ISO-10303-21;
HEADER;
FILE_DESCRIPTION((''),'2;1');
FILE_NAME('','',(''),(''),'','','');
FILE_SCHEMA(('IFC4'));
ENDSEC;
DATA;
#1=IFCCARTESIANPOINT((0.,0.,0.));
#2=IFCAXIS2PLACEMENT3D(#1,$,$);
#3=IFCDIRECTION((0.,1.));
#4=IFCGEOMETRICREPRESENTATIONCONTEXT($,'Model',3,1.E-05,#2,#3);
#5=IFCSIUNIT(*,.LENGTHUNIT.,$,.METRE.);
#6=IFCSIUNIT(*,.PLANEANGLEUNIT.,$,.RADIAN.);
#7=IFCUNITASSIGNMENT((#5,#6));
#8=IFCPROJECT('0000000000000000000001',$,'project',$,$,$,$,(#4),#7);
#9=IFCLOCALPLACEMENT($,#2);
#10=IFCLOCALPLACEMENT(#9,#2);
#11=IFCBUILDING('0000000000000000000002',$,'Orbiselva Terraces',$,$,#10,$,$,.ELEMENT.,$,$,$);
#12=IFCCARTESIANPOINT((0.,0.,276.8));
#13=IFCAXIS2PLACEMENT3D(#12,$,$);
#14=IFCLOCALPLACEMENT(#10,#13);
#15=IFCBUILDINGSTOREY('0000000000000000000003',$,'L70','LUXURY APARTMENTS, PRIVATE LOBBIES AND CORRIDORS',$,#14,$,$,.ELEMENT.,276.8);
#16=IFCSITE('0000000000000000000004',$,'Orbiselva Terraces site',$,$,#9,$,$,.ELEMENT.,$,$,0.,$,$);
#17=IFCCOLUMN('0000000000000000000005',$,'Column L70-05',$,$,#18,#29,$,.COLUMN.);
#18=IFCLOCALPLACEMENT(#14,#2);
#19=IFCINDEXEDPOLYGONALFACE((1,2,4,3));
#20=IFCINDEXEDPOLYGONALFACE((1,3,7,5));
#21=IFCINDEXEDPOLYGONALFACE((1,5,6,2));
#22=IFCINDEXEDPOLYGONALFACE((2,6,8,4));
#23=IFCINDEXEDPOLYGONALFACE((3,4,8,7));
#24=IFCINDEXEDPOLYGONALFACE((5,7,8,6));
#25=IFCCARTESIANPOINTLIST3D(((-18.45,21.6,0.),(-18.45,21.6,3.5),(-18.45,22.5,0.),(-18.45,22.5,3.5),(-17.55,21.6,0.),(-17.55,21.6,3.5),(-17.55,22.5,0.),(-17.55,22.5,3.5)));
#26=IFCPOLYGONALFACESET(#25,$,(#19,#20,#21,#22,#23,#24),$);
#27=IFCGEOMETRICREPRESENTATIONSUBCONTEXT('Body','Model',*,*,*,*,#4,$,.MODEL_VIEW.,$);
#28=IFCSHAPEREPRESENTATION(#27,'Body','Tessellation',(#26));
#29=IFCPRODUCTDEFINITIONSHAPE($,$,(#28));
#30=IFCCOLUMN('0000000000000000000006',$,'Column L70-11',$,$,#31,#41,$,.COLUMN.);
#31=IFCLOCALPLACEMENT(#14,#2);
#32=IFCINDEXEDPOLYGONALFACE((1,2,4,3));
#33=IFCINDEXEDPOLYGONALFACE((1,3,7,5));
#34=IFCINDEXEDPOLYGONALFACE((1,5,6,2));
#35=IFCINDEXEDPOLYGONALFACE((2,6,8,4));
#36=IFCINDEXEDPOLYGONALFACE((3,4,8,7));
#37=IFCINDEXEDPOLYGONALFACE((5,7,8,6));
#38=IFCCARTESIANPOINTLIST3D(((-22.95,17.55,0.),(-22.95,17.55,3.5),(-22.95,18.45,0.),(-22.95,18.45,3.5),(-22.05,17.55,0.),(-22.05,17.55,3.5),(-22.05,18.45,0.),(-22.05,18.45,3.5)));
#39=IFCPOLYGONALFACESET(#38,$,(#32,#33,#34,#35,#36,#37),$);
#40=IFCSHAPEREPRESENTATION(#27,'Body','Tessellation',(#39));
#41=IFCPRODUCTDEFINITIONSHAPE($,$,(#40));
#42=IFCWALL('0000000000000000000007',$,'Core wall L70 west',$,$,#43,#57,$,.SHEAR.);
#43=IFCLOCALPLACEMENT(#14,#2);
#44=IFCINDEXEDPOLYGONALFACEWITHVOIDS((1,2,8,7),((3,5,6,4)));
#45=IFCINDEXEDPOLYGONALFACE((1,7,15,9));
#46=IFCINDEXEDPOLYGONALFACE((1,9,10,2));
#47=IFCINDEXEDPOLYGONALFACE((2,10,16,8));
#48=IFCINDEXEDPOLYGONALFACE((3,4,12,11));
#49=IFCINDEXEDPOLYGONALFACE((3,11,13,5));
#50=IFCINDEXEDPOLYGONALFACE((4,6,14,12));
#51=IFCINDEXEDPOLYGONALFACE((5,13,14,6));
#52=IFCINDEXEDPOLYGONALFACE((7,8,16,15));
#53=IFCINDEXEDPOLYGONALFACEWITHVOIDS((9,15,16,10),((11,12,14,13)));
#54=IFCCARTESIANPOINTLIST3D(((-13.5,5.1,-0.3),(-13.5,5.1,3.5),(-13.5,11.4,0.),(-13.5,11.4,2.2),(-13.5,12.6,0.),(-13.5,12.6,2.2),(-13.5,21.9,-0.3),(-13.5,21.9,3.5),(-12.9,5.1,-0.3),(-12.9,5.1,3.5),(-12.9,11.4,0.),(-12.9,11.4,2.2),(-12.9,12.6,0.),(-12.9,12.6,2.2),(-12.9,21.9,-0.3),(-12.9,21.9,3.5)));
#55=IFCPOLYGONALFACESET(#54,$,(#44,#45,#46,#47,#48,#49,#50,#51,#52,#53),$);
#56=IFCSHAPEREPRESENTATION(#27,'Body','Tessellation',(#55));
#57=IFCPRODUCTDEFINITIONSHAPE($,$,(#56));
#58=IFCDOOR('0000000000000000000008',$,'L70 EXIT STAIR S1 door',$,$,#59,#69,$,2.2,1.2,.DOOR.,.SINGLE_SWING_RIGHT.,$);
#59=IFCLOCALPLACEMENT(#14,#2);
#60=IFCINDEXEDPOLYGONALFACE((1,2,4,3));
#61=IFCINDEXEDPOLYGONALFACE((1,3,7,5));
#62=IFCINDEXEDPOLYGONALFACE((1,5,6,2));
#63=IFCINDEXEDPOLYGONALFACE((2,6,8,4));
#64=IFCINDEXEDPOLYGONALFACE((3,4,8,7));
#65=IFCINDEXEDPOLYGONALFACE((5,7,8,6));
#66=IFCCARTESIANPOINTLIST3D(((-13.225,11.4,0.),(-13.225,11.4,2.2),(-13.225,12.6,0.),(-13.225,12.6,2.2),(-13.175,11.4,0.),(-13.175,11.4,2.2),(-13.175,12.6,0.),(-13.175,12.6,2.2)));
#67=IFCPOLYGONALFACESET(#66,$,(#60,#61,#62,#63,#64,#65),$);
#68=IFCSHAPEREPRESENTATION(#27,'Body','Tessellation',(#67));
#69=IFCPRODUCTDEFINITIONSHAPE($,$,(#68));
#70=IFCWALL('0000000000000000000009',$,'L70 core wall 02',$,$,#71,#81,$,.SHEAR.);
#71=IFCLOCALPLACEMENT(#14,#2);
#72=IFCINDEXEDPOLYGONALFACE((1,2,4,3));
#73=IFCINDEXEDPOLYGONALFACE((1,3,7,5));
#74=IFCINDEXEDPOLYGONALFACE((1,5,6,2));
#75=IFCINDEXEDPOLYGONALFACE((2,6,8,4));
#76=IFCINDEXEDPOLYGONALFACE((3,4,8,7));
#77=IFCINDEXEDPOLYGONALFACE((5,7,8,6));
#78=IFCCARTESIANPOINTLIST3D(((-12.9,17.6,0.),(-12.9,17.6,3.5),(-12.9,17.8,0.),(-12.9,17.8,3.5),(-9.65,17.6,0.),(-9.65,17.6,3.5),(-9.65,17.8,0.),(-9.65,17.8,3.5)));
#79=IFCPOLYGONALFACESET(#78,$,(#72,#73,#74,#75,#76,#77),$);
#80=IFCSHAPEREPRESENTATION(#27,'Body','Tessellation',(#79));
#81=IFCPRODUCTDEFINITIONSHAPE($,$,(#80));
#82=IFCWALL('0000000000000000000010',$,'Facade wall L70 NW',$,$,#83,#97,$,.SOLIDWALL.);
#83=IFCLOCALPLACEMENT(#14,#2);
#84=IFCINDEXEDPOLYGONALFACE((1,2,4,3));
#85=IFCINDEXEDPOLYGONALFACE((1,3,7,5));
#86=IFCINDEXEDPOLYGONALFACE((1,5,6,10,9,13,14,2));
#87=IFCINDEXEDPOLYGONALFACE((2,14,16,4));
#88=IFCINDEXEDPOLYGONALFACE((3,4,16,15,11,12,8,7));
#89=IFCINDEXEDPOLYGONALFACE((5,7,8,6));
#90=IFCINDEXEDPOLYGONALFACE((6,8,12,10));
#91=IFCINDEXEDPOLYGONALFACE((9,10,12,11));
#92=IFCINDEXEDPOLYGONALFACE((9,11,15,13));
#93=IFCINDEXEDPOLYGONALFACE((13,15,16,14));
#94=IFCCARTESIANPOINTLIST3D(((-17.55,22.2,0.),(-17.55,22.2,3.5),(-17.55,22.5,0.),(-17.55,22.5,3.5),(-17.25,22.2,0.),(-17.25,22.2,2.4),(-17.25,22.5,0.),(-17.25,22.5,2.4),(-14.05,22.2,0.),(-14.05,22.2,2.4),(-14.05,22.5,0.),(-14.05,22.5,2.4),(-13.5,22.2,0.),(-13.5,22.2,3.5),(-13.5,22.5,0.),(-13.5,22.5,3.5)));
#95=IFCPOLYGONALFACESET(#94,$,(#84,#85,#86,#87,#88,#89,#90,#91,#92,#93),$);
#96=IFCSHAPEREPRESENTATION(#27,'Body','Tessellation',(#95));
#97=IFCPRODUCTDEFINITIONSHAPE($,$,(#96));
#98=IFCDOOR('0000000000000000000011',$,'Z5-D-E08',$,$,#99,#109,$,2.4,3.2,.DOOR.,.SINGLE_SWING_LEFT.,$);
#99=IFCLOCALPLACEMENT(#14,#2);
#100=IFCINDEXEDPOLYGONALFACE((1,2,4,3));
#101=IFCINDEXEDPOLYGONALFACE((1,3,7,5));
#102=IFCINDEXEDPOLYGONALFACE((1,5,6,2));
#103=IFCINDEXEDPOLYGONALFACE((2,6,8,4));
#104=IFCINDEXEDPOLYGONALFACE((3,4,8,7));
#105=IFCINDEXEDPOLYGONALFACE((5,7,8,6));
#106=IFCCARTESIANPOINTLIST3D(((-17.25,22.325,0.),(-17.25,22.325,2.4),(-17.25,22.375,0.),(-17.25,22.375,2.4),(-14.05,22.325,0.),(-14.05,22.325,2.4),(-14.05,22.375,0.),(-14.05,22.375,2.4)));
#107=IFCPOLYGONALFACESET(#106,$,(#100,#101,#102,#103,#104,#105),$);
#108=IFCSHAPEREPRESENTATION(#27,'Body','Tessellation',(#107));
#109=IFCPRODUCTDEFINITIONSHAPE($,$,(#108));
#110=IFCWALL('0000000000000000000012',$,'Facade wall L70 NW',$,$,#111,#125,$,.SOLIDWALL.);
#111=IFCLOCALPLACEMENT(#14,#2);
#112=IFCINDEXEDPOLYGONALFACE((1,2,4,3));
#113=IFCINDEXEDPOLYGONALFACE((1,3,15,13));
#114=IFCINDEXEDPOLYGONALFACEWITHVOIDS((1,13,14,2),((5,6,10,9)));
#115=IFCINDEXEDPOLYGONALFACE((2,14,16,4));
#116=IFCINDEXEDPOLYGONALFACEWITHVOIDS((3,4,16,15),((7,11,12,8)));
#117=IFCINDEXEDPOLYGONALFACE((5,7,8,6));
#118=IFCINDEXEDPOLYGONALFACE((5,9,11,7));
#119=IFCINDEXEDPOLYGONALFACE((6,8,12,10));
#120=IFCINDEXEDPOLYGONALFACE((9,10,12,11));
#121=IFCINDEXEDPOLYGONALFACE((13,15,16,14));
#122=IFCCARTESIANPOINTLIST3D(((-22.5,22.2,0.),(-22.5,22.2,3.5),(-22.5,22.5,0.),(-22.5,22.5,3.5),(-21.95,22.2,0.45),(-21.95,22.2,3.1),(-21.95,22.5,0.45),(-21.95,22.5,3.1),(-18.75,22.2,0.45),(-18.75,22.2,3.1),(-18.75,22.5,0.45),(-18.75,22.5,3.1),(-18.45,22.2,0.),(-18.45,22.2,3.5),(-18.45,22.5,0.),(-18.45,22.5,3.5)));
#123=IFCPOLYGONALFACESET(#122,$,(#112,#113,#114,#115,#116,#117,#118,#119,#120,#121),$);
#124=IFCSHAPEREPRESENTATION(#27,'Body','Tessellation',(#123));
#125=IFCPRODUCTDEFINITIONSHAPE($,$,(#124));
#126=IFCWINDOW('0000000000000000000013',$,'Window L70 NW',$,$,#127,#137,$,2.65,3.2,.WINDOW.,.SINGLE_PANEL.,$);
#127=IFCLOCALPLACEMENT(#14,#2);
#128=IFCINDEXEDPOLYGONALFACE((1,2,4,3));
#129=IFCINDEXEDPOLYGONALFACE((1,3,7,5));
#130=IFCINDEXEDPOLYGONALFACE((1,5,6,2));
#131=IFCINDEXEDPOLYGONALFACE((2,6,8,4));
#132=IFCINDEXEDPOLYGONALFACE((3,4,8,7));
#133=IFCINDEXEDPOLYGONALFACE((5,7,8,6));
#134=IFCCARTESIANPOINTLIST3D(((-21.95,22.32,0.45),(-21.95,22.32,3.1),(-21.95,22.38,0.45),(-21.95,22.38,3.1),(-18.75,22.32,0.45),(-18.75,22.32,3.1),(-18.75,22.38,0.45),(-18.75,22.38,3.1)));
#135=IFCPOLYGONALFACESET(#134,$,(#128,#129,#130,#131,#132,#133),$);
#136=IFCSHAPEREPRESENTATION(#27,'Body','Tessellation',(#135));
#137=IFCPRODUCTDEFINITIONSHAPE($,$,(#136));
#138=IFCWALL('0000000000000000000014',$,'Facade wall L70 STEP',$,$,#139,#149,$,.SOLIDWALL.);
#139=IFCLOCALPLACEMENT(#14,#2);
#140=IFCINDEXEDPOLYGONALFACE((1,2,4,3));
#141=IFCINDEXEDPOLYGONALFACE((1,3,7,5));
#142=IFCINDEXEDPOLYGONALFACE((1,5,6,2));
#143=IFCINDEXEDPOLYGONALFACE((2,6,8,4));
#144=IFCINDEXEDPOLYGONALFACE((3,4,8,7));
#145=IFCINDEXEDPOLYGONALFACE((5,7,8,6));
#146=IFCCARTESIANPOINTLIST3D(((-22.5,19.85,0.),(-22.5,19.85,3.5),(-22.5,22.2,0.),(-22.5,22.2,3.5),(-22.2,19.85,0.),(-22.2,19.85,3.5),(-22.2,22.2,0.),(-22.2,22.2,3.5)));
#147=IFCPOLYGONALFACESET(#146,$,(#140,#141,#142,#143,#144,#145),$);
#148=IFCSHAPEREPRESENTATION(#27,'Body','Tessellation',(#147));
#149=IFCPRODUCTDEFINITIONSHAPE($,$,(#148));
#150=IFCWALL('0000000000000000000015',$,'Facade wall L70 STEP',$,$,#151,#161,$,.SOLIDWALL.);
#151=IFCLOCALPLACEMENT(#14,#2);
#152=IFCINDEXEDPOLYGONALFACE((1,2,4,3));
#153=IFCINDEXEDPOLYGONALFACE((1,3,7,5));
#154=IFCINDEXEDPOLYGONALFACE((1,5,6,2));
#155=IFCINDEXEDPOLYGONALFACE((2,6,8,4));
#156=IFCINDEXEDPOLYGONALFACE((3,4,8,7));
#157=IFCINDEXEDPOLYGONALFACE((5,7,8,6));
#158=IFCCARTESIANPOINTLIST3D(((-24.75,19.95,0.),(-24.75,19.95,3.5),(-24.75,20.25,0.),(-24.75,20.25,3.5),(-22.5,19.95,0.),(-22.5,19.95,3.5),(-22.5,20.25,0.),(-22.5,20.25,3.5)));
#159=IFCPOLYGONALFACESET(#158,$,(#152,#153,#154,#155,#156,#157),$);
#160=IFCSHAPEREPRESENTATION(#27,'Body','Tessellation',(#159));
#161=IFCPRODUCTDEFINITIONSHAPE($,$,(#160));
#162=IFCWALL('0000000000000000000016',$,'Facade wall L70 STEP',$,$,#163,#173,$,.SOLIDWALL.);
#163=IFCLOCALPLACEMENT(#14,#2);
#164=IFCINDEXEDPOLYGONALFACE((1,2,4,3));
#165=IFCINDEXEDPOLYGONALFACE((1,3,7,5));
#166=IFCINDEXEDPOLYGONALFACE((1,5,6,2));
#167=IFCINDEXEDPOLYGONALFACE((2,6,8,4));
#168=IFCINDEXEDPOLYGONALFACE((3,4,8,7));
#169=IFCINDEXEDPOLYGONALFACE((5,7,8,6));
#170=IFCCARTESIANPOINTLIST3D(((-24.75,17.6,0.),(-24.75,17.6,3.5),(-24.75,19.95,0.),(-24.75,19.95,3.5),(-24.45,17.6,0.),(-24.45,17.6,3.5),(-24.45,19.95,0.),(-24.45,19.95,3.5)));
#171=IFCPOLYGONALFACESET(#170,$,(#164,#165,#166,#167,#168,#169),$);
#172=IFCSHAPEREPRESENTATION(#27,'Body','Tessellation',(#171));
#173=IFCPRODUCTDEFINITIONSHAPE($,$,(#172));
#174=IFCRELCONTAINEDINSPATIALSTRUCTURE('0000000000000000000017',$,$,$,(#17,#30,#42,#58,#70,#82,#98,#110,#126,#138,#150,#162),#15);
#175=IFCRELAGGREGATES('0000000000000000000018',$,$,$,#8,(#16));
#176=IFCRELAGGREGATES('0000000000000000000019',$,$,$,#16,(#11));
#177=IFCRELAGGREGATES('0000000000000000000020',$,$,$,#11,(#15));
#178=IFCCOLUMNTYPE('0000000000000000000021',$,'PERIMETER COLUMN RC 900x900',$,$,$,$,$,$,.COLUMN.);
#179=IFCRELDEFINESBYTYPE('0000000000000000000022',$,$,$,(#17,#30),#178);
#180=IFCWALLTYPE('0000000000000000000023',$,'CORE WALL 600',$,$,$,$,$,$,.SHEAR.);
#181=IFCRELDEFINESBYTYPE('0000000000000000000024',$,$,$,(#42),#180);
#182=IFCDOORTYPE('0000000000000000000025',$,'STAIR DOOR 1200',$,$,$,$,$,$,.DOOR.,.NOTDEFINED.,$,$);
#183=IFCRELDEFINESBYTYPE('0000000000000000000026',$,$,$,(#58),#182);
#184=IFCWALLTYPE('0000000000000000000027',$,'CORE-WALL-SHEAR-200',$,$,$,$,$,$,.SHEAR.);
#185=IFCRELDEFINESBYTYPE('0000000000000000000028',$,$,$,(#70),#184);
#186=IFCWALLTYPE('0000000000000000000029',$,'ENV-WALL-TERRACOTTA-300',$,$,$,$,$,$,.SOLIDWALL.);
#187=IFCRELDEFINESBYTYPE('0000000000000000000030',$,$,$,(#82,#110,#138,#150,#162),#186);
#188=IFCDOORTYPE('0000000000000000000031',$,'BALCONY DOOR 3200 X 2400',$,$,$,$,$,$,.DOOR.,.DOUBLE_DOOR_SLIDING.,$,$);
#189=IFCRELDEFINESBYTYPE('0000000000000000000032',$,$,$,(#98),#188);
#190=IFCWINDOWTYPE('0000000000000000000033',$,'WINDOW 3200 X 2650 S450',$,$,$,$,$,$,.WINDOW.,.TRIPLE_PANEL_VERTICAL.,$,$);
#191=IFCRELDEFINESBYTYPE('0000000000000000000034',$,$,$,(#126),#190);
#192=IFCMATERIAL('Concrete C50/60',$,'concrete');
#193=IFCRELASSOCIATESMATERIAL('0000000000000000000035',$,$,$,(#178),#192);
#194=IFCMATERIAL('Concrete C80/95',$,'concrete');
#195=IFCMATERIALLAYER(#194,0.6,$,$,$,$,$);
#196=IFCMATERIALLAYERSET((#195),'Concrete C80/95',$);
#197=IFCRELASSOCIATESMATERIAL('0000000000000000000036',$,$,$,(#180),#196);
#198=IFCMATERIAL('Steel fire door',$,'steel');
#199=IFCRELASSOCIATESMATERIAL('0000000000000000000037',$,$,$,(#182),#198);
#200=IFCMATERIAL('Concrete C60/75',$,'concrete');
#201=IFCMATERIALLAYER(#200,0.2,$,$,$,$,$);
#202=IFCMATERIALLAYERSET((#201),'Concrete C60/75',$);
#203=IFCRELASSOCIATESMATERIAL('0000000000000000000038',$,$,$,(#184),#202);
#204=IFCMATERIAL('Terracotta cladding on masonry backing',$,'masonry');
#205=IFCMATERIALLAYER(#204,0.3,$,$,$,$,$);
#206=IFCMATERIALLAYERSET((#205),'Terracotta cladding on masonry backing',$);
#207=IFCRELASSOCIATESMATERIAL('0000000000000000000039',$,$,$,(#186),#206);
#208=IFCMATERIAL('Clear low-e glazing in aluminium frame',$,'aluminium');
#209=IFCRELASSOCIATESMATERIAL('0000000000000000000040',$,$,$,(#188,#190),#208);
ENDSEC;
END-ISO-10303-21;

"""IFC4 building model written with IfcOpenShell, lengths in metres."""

from ifc_helpers import new_model, si_unit, direction, frame, frame_2d, origin, origin_2d, place, context, subcontext, project, spatial, rectangle, extrude, material, layer, layer_set, material_profile, profile_set, type_object, element, fill, save


model = new_model("IFC4")

# Units and contexts
model_context = context("Model", 3, precision=1e-05, world=origin(), true_north=direction((0.0, 1.0)))
body_context = subcontext(model_context, "Body", "Model", "MODEL_VIEW")
ifc_project = project(units=[si_unit("LENGTHUNIT", "METRE"), si_unit("PLANEANGLEUNIT", "RADIAN")], contexts=[model_context])

# Site, building, storey
site_placement = place(None, origin())
site = spatial("IfcSite", under=ifc_project, at=site_placement, Name="Orbiselva Terraces site", CompositionType="ELEMENT", RefElevation=0.0)
building_placement = place(site_placement, origin())
building = spatial("IfcBuilding", under=site, at=building_placement, Name="Orbiselva Terraces", CompositionType="ELEMENT")
storey_placement = place(building_placement, frame((0.0, 0.0, 276.8)))
storey = spatial("IfcBuildingStorey", under=building, at=storey_placement, Name="L70", Description="LUXURY APARTMENTS, PRIVATE LOBBIES AND CORRIDORS", CompositionType="ELEMENT", Elevation=276.8)

# Columns
ifc_material_1 = material(Name="Concrete C50/60", Category="concrete")
ifc_material_profile = material_profile(ifc_material_1, rectangle(XDim=0.9, YDim=0.9, at=origin_2d()), Name="RC 900x900")
ifc_profile_set = profile_set([ifc_material_profile], Name="Concrete C50/60")
column_type = type_object("IfcColumnType", Name="PERIMETER COLUMN RC 900x900", PredefinedType="COLUMN", material=ifc_profile_set)
for number, where, z_axis, x_axis, name in (
    (1, (-18.0, 22.05, 0.0), (0.0, 0.0, 1.0), (1.0, 0.0, 0.0), "Column L70-05"),
    (2, (-22.5, 18.0, 0.0), (0.0, 0.0, 1.0), (1.0, 0.0, 0.0), "Column L70-11"),
):
    element("IfcColumn", number, at=place(storey_placement, frame(where, z_axis=z_axis, x_axis=x_axis)), inside=storey, type_object=column_type, Name=name, PredefinedType="COLUMN", context=body_context, shape_type="SweptSolid", body=[
        extrude(rectangle(XDim=0.9, YDim=0.9, at=origin_2d()), origin(), (0.0, 0.0, 1.0), 3.5),
    ])

# Wall, opening, door
ifc_material_2 = material(Name="Concrete C80/95", Category="concrete")
ifc_layer_1 = layer(ifc_material_2, 0.6)
ifc_layer_set_1 = layer_set([ifc_layer_1], Name="Concrete C80/95")
wall_type_1 = type_object("IfcWallType", Name="CORE WALL 600", PredefinedType="SHEAR", material=ifc_layer_set_1)
wall_1_placement = place(storey_placement, frame((-13.2, 21.9, -0.3), z_axis=(0.0, 0.0, 1.0), x_axis=(0.0, -1.0, 0.0)))
wall_1 = element("IfcWall", 3, at=wall_1_placement, inside=storey, type_object=wall_type_1, Name="Core wall L70 west", PredefinedType="SHEAR", context=body_context, shape_type="SweptSolid", body=[
    extrude(rectangle(XDim=16.8, YDim=0.6, at=frame_2d((8.4, 0.0))), origin(), (0.0, 0.0, 1.0), 3.8),
])
opening_1_placement = place(wall_1_placement, frame((9.3, 0.0, 0.3)))
opening_1 = element("IfcOpeningElement", 4, at=opening_1_placement, cuts=wall_1, PredefinedType="OPENING", context=body_context, shape_type="SweptSolid", body=[
    extrude(rectangle(XDim=1.2, YDim=2.2, at=frame_2d((0.6, 1.1))), frame((0.0, 0.31, 0.0), z_axis=(0.0, -1.0, 0.0), x_axis=(1.0, 0.0, 0.0)), (0.0, 0.0, 1.0), 0.62),
])
ifc_material_3 = material(Name="Steel fire door", Category="steel")
door_type_1 = type_object("IfcDoorType", Name="STAIR DOOR 1200", OperationType="NOTDEFINED", PredefinedType="DOOR", material=ifc_material_3)
door_1_placement = place(opening_1_placement, frame((1.2, 0.0, 0.0), z_axis=(0.0, 0.0, 1.0), x_axis=(-1.0, 0.0, 0.0)))
door_1 = element("IfcDoor", 5, at=door_1_placement, inside=storey, type_object=door_type_1, Name="L70 EXIT STAIR S1 door", OperationType="SINGLE_SWING_RIGHT", OverallHeight=2.2, OverallWidth=1.2, PredefinedType="DOOR", context=body_context, shape_type="SweptSolid", body=[
    extrude(rectangle(XDim=1.2, YDim=2.2, at=frame_2d((0.6, 1.1))), frame((0.0, 0.025, 0.0), z_axis=(0.0, -1.0, 0.0), x_axis=(1.0, 0.0, 0.0)), (0.0, 0.0, 1.0), 0.05),
])
fill(opening_1, door_1)

# Wall
ifc_material_4 = material(Name="Concrete C60/75", Category="concrete")
ifc_layer_2 = layer(ifc_material_4, 0.2)
ifc_layer_set_2 = layer_set([ifc_layer_2], Name="Concrete C60/75")
wall_type_2 = type_object("IfcWallType", Name="CORE-WALL-SHEAR-200", PredefinedType="SHEAR", material=ifc_layer_set_2)
wall_2_placement = place(storey_placement, frame((-12.9, 17.7, 0.0), z_axis=(0.0, 0.0, 1.0), x_axis=(1.0, 0.0, 0.0)))
element("IfcWall", 6, at=wall_2_placement, inside=storey, type_object=wall_type_2, Name="L70 core wall 02", PredefinedType="SHEAR", context=body_context, shape_type="SweptSolid", body=[
    extrude(rectangle(XDim=3.25, YDim=0.2, at=frame_2d((1.625, 0.0))), origin(), (0.0, 0.0, 1.0), 3.5),
])

# Wall, opening, door
ifc_material_5 = material(Name="Terracotta cladding on masonry backing", Category="masonry")
ifc_layer_3 = layer(ifc_material_5, 0.3)
ifc_layer_set_3 = layer_set([ifc_layer_3], Name="Terracotta cladding on masonry backing")
wall_type_3 = type_object("IfcWallType", Name="ENV-WALL-TERRACOTTA-300", PredefinedType="SOLIDWALL", material=ifc_layer_set_3)
wall_3_placement = place(storey_placement, frame((-17.55, 22.35, 0.0), z_axis=(0.0, 0.0, 1.0), x_axis=(1.0, 0.0, 0.0)))
wall_3 = element("IfcWall", 7, at=wall_3_placement, inside=storey, type_object=wall_type_3, Name="Facade wall L70 NW", PredefinedType="SOLIDWALL", context=body_context, shape_type="SweptSolid", body=[
    extrude(rectangle(XDim=4.05, YDim=0.3, at=frame_2d((2.025, 0.0))), origin(), (0.0, 0.0, 1.0), 3.5),
])
opening_2_placement = place(wall_3_placement, frame((0.3, 0.0, 0.0)))
opening_2 = element("IfcOpeningElement", 8, at=opening_2_placement, cuts=wall_3, PredefinedType="OPENING", context=body_context, shape_type="SweptSolid", body=[
    extrude(rectangle(XDim=3.2, YDim=2.4, at=frame_2d((1.6, 1.2))), frame((0.0, 0.16, 0.0), z_axis=(0.0, -1.0, 0.0), x_axis=(1.0, 0.0, 0.0)), (0.0, 0.0, 1.0), 0.32),
])
ifc_material_6 = material(Name="Clear low-e glazing in aluminium frame", Category="aluminium")
door_type_2 = type_object("IfcDoorType", Name="BALCONY DOOR 3200 X 2400", OperationType="DOUBLE_DOOR_SLIDING", PredefinedType="DOOR", material=ifc_material_6)
door_2_placement = place(opening_2_placement, origin())
door_2 = element("IfcDoor", 9, at=door_2_placement, inside=storey, type_object=door_type_2, Name="Z5-D-E08", OperationType="SINGLE_SWING_LEFT", OverallHeight=2.4, OverallWidth=3.2, PredefinedType="DOOR", context=body_context, shape_type="SweptSolid", body=[
    extrude(rectangle(XDim=3.2, YDim=2.4, at=frame_2d((1.6, 1.2))), frame((0.0, 0.025, 0.0), z_axis=(0.0, -1.0, 0.0), x_axis=(1.0, 0.0, 0.0)), (0.0, 0.0, 1.0), 0.05),
])
fill(opening_2, door_2)

# Wall, opening, window
wall_4_placement = place(storey_placement, frame((-22.5, 22.35, 0.0), z_axis=(0.0, 0.0, 1.0), x_axis=(1.0, 0.0, 0.0)))
wall_4 = element("IfcWall", 10, at=wall_4_placement, inside=storey, type_object=wall_type_3, Name="Facade wall L70 NW", PredefinedType="SOLIDWALL", context=body_context, shape_type="SweptSolid", body=[
    extrude(rectangle(XDim=4.05, YDim=0.3, at=frame_2d((2.025, 0.0))), origin(), (0.0, 0.0, 1.0), 3.5),
])
opening_3_placement = place(wall_4_placement, frame((0.55, 0.0, 0.45)))
opening_3 = element("IfcOpeningElement", 11, at=opening_3_placement, cuts=wall_4, PredefinedType="OPENING", context=body_context, shape_type="SweptSolid", body=[
    extrude(rectangle(XDim=3.2, YDim=2.65, at=frame_2d((1.6, 1.325))), frame((0.0, 0.16, 0.0), z_axis=(0.0, -1.0, 0.0), x_axis=(1.0, 0.0, 0.0)), (0.0, 0.0, 1.0), 0.32),
])
window_type = type_object("IfcWindowType", Name="WINDOW 3200 X 2650 S450", PartitioningType="TRIPLE_PANEL_VERTICAL", PredefinedType="WINDOW", material=ifc_material_6)
window_placement = place(opening_3_placement, origin())
window = element("IfcWindow", 12, at=window_placement, inside=storey, type_object=window_type, Name="Window L70 NW", OverallHeight=2.65, OverallWidth=3.2, PartitioningType="SINGLE_PANEL", PredefinedType="WINDOW", context=body_context, shape_type="SweptSolid", body=[
    extrude(rectangle(XDim=3.2, YDim=2.65, at=frame_2d((1.6, 1.325))), frame((0.0, 0.03, 0.0), z_axis=(0.0, -1.0, 0.0), x_axis=(1.0, 0.0, 0.0)), (0.0, 0.0, 1.0), 0.06),
])
fill(opening_3, window)

# Walls
wall_5_placement = place(storey_placement, frame((-22.35, 19.85, 0.0), z_axis=(0.0, 0.0, 1.0), x_axis=(0.0, 1.0, 0.0)))
element("IfcWall", 13, at=wall_5_placement, inside=storey, type_object=wall_type_3, Name="Facade wall L70 STEP", PredefinedType="SOLIDWALL", context=body_context, shape_type="SweptSolid", body=[
    extrude(rectangle(XDim=2.35, YDim=0.3, at=frame_2d((1.175, 0.0))), origin(), (0.0, 0.0, 1.0), 3.5),
])
wall_6_placement = place(storey_placement, frame((-24.75, 20.1, 0.0), z_axis=(0.0, 0.0, 1.0), x_axis=(1.0, 0.0, 0.0)))
element("IfcWall", 14, at=wall_6_placement, inside=storey, type_object=wall_type_3, Name="Facade wall L70 STEP", PredefinedType="SOLIDWALL", context=body_context, shape_type="SweptSolid", body=[
    extrude(rectangle(XDim=2.25, YDim=0.3, at=frame_2d((1.125, 0.0))), origin(), (0.0, 0.0, 1.0), 3.5),
])
wall_7_placement = place(storey_placement, frame((-24.6, 17.6, 0.0), z_axis=(0.0, 0.0, 1.0), x_axis=(0.0, 1.0, 0.0)))
element("IfcWall", 15, at=wall_7_placement, inside=storey, type_object=wall_type_3, Name="Facade wall L70 STEP", PredefinedType="SOLIDWALL", context=body_context, shape_type="SweptSolid", body=[
    extrude(rectangle(XDim=2.35, YDim=0.3, at=frame_2d((1.175, 0.0))), origin(), (0.0, 0.0, 1.0), 3.5),
])

save(model, "model.ifc")
